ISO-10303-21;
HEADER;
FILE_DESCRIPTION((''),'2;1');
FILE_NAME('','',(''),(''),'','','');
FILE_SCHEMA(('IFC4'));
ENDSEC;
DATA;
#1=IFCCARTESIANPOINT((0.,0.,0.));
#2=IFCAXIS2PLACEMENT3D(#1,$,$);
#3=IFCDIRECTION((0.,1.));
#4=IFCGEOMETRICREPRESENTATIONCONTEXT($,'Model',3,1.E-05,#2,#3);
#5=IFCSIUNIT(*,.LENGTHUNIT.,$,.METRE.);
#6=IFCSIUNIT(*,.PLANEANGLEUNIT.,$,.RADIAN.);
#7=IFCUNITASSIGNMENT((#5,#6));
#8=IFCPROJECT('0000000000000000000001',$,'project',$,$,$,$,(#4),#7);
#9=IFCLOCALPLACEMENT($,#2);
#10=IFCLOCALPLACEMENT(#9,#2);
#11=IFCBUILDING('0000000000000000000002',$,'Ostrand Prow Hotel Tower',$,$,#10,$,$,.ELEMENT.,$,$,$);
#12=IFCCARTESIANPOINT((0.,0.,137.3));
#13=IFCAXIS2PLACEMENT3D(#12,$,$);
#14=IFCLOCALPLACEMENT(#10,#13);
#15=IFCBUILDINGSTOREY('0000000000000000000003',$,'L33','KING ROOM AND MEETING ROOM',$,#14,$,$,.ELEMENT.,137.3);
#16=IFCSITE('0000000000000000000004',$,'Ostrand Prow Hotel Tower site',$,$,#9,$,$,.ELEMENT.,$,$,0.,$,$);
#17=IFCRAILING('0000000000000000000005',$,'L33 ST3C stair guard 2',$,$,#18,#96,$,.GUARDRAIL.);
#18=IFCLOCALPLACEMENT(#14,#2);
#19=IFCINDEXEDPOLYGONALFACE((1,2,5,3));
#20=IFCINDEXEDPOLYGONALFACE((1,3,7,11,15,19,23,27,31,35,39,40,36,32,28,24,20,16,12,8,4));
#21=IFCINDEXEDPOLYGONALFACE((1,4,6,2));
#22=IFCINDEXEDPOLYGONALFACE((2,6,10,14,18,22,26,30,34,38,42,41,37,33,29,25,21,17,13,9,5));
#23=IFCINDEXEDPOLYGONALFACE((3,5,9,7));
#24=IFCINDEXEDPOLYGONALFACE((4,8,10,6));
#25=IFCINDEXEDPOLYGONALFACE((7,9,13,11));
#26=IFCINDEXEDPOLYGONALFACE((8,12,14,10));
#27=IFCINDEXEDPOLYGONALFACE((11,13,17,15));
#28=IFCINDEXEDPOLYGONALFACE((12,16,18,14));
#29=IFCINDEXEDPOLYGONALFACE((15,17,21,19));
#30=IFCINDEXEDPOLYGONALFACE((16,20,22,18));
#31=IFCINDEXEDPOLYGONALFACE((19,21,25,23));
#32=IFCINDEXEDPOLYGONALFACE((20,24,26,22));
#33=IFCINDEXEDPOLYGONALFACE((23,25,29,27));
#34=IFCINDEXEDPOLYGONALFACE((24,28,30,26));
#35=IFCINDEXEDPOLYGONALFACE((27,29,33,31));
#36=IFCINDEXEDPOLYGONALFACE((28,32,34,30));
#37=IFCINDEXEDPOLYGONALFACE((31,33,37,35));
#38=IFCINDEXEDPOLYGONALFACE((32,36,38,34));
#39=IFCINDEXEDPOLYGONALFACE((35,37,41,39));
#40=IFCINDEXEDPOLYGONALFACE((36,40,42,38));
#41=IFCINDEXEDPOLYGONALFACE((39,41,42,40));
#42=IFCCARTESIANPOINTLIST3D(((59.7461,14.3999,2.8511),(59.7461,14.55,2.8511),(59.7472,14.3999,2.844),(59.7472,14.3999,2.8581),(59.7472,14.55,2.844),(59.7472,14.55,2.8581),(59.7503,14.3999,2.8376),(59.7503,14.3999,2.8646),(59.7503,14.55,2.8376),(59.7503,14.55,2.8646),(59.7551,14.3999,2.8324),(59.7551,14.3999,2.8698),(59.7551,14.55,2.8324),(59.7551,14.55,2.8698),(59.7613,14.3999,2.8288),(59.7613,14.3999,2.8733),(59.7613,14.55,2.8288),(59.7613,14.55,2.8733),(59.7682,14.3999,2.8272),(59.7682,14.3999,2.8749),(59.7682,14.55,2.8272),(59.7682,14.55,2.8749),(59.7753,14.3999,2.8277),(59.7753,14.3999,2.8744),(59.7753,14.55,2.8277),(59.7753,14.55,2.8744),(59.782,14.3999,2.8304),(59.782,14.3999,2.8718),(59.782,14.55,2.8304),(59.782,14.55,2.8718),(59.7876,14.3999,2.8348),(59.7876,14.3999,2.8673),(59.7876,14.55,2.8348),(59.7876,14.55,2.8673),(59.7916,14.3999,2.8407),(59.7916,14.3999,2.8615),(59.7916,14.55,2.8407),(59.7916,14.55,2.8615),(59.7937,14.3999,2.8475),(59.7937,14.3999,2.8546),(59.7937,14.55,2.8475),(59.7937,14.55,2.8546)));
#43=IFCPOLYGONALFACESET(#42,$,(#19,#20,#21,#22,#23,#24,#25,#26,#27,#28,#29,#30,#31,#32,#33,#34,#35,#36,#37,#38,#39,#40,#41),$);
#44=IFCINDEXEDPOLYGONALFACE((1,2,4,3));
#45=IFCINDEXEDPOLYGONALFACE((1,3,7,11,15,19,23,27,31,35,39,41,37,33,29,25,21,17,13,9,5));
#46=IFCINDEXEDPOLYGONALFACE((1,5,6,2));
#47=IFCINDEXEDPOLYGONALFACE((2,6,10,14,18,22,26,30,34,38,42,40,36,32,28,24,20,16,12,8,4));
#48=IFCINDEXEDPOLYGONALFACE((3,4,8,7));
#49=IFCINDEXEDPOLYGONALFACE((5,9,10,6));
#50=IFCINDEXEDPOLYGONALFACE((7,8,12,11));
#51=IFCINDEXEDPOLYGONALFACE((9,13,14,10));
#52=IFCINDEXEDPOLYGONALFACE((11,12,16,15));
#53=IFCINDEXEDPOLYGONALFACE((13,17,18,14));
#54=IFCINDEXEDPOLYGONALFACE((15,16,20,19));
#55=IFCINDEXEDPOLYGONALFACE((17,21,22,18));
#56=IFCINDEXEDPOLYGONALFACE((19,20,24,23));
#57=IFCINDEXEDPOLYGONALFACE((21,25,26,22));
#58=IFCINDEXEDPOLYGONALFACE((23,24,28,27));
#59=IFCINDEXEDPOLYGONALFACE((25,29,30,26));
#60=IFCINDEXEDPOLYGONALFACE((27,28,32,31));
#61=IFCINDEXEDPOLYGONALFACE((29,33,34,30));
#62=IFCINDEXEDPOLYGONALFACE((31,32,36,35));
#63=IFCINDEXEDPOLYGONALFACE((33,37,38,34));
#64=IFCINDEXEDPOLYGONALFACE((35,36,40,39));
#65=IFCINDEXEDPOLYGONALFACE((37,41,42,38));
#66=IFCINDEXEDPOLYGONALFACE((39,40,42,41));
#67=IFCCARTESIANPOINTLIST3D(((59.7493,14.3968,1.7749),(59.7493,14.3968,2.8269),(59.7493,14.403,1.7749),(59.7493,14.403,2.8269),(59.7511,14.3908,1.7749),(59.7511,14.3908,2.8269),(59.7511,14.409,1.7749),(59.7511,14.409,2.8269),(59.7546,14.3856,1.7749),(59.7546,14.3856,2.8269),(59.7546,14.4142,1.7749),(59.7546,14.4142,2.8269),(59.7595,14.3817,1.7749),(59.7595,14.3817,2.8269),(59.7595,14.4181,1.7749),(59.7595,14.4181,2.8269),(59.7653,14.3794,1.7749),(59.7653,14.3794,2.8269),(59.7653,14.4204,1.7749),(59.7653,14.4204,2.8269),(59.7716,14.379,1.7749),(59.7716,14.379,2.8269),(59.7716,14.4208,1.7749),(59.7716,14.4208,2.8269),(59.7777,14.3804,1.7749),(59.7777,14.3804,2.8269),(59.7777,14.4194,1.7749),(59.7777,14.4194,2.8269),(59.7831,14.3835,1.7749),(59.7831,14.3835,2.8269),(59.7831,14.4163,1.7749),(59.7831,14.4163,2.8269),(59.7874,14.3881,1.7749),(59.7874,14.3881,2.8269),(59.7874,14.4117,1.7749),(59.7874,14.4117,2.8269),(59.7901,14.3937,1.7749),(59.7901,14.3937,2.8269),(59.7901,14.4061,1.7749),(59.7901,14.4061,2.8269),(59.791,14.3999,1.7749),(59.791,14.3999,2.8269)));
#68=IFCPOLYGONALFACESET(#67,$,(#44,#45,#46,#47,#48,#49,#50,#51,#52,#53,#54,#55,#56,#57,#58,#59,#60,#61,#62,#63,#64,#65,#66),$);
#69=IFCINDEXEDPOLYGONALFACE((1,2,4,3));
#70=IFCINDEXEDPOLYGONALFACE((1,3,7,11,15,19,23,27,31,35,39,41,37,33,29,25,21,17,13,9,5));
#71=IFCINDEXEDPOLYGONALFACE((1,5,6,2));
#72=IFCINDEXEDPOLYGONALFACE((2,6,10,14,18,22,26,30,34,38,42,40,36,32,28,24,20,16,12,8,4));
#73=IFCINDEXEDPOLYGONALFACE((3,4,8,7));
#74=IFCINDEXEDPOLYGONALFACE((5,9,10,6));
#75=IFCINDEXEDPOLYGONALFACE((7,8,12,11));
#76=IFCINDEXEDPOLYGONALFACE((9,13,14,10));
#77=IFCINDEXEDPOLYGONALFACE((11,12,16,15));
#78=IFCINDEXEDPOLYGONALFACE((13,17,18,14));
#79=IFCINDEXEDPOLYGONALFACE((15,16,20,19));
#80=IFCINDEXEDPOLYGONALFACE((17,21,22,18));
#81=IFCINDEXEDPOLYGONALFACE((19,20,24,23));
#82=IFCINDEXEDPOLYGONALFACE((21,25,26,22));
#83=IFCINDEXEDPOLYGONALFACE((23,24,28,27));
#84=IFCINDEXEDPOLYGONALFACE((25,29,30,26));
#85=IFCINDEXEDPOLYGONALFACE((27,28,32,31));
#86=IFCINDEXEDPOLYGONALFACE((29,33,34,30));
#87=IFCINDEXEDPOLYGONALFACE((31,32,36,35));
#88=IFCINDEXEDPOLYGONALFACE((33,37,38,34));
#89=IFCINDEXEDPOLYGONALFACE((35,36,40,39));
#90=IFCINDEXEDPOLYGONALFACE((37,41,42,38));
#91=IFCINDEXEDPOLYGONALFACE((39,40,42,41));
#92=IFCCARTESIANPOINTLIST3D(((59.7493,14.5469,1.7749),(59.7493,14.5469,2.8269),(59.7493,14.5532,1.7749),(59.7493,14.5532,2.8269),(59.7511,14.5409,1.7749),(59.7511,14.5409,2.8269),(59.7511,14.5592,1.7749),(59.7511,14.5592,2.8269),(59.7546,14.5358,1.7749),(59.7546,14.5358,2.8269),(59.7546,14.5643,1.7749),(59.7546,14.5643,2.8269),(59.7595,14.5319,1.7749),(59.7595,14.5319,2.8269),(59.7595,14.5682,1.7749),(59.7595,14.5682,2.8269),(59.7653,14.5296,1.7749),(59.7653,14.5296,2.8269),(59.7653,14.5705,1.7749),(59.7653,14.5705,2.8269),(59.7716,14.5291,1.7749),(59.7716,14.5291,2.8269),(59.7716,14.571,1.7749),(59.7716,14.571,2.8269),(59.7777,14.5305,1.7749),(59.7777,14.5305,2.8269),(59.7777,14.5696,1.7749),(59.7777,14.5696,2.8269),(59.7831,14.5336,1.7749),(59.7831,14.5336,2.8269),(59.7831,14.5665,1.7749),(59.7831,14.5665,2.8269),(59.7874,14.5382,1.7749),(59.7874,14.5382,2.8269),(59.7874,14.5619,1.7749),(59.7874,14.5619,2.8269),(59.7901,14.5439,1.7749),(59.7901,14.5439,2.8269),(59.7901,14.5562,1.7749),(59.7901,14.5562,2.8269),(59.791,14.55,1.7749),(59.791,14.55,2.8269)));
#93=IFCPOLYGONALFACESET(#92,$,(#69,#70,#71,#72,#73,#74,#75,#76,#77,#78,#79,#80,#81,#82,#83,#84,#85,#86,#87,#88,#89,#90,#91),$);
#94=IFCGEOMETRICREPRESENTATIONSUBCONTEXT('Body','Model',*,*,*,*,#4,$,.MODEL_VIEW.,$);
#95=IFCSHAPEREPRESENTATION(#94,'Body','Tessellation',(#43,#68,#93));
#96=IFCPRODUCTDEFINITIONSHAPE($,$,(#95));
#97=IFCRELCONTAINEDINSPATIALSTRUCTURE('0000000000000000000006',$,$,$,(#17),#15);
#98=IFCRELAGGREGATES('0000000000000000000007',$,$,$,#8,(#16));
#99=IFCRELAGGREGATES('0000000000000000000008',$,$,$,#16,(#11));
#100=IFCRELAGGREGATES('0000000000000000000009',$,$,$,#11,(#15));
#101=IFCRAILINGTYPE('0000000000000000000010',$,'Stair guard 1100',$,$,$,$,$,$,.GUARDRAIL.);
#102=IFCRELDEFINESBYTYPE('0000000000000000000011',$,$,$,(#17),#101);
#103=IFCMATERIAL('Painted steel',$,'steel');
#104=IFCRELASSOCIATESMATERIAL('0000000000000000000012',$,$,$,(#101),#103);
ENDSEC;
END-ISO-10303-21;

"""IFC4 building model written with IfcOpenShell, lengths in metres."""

from ifc_helpers import new_model, si_unit, direction, frame, origin, origin_2d, place, context, subcontext, project, spatial, circle, extrude, material, type_object, element, save


model = new_model("IFC4")

# Units and contexts
model_context = context("Model", 3, precision=1e-05, world=origin(), true_north=direction((0.0, 1.0)))
body_context = subcontext(model_context, "Body", "Model", "MODEL_VIEW")
ifc_project = project(units=[si_unit("LENGTHUNIT", "METRE"), si_unit("PLANEANGLEUNIT", "RADIAN")], contexts=[model_context])

# Site, building, storey
site_placement = place(None, origin())
site = spatial("IfcSite", under=ifc_project, at=site_placement, Name="Ostrand Prow Hotel Tower site", CompositionType="ELEMENT", RefElevation=0.0)
building_placement = place(site_placement, origin())
building = spatial("IfcBuilding", under=site, at=building_placement, Name="Ostrand Prow Hotel Tower", CompositionType="ELEMENT")
storey_placement = place(building_placement, frame((0.0, 0.0, 137.3)))
storey = spatial("IfcBuildingStorey", under=building, at=storey_placement, Name="L33", Description="KING ROOM AND MEETING ROOM", CompositionType="ELEMENT", Elevation=137.3)

# Railing
ifc_material_1 = material(Name="Painted steel", Category="steel")
railing_type_1 = type_object("IfcRailingType", Name="Stair guard 1100", PredefinedType="GUARDRAIL", material=ifc_material_1)
railing_1_placement = place(storey_placement, frame((59.77, 14.3999, 1.7749)))
element("IfcRailing", 1, at=railing_1_placement, inside=storey, type_object=railing_type_1, Name="L33 ST3C stair guard 2", PredefinedType="GUARDRAIL", context=body_context, shape_type="SweptSolid", body=[
    extrude(circle(Radius=0.0239, at=origin_2d()), frame((0.0, 0.0, 1.0762), z_axis=(0.0, 1.0, 0.0), x_axis=(-1.0, 0.0, 0.0)), (0.0, 0.0, 1.0), 0.1501),
    extrude(circle(Radius=0.021, at=origin_2d()), origin(), (0.0, 0.0, 1.0), 1.052),
    extrude(circle(Radius=0.021, at=origin_2d()), frame((0.0, 0.1501, 0.0)), (0.0, 0.0, 1.0), 1.052),
])

save(model, "model.ifc")
